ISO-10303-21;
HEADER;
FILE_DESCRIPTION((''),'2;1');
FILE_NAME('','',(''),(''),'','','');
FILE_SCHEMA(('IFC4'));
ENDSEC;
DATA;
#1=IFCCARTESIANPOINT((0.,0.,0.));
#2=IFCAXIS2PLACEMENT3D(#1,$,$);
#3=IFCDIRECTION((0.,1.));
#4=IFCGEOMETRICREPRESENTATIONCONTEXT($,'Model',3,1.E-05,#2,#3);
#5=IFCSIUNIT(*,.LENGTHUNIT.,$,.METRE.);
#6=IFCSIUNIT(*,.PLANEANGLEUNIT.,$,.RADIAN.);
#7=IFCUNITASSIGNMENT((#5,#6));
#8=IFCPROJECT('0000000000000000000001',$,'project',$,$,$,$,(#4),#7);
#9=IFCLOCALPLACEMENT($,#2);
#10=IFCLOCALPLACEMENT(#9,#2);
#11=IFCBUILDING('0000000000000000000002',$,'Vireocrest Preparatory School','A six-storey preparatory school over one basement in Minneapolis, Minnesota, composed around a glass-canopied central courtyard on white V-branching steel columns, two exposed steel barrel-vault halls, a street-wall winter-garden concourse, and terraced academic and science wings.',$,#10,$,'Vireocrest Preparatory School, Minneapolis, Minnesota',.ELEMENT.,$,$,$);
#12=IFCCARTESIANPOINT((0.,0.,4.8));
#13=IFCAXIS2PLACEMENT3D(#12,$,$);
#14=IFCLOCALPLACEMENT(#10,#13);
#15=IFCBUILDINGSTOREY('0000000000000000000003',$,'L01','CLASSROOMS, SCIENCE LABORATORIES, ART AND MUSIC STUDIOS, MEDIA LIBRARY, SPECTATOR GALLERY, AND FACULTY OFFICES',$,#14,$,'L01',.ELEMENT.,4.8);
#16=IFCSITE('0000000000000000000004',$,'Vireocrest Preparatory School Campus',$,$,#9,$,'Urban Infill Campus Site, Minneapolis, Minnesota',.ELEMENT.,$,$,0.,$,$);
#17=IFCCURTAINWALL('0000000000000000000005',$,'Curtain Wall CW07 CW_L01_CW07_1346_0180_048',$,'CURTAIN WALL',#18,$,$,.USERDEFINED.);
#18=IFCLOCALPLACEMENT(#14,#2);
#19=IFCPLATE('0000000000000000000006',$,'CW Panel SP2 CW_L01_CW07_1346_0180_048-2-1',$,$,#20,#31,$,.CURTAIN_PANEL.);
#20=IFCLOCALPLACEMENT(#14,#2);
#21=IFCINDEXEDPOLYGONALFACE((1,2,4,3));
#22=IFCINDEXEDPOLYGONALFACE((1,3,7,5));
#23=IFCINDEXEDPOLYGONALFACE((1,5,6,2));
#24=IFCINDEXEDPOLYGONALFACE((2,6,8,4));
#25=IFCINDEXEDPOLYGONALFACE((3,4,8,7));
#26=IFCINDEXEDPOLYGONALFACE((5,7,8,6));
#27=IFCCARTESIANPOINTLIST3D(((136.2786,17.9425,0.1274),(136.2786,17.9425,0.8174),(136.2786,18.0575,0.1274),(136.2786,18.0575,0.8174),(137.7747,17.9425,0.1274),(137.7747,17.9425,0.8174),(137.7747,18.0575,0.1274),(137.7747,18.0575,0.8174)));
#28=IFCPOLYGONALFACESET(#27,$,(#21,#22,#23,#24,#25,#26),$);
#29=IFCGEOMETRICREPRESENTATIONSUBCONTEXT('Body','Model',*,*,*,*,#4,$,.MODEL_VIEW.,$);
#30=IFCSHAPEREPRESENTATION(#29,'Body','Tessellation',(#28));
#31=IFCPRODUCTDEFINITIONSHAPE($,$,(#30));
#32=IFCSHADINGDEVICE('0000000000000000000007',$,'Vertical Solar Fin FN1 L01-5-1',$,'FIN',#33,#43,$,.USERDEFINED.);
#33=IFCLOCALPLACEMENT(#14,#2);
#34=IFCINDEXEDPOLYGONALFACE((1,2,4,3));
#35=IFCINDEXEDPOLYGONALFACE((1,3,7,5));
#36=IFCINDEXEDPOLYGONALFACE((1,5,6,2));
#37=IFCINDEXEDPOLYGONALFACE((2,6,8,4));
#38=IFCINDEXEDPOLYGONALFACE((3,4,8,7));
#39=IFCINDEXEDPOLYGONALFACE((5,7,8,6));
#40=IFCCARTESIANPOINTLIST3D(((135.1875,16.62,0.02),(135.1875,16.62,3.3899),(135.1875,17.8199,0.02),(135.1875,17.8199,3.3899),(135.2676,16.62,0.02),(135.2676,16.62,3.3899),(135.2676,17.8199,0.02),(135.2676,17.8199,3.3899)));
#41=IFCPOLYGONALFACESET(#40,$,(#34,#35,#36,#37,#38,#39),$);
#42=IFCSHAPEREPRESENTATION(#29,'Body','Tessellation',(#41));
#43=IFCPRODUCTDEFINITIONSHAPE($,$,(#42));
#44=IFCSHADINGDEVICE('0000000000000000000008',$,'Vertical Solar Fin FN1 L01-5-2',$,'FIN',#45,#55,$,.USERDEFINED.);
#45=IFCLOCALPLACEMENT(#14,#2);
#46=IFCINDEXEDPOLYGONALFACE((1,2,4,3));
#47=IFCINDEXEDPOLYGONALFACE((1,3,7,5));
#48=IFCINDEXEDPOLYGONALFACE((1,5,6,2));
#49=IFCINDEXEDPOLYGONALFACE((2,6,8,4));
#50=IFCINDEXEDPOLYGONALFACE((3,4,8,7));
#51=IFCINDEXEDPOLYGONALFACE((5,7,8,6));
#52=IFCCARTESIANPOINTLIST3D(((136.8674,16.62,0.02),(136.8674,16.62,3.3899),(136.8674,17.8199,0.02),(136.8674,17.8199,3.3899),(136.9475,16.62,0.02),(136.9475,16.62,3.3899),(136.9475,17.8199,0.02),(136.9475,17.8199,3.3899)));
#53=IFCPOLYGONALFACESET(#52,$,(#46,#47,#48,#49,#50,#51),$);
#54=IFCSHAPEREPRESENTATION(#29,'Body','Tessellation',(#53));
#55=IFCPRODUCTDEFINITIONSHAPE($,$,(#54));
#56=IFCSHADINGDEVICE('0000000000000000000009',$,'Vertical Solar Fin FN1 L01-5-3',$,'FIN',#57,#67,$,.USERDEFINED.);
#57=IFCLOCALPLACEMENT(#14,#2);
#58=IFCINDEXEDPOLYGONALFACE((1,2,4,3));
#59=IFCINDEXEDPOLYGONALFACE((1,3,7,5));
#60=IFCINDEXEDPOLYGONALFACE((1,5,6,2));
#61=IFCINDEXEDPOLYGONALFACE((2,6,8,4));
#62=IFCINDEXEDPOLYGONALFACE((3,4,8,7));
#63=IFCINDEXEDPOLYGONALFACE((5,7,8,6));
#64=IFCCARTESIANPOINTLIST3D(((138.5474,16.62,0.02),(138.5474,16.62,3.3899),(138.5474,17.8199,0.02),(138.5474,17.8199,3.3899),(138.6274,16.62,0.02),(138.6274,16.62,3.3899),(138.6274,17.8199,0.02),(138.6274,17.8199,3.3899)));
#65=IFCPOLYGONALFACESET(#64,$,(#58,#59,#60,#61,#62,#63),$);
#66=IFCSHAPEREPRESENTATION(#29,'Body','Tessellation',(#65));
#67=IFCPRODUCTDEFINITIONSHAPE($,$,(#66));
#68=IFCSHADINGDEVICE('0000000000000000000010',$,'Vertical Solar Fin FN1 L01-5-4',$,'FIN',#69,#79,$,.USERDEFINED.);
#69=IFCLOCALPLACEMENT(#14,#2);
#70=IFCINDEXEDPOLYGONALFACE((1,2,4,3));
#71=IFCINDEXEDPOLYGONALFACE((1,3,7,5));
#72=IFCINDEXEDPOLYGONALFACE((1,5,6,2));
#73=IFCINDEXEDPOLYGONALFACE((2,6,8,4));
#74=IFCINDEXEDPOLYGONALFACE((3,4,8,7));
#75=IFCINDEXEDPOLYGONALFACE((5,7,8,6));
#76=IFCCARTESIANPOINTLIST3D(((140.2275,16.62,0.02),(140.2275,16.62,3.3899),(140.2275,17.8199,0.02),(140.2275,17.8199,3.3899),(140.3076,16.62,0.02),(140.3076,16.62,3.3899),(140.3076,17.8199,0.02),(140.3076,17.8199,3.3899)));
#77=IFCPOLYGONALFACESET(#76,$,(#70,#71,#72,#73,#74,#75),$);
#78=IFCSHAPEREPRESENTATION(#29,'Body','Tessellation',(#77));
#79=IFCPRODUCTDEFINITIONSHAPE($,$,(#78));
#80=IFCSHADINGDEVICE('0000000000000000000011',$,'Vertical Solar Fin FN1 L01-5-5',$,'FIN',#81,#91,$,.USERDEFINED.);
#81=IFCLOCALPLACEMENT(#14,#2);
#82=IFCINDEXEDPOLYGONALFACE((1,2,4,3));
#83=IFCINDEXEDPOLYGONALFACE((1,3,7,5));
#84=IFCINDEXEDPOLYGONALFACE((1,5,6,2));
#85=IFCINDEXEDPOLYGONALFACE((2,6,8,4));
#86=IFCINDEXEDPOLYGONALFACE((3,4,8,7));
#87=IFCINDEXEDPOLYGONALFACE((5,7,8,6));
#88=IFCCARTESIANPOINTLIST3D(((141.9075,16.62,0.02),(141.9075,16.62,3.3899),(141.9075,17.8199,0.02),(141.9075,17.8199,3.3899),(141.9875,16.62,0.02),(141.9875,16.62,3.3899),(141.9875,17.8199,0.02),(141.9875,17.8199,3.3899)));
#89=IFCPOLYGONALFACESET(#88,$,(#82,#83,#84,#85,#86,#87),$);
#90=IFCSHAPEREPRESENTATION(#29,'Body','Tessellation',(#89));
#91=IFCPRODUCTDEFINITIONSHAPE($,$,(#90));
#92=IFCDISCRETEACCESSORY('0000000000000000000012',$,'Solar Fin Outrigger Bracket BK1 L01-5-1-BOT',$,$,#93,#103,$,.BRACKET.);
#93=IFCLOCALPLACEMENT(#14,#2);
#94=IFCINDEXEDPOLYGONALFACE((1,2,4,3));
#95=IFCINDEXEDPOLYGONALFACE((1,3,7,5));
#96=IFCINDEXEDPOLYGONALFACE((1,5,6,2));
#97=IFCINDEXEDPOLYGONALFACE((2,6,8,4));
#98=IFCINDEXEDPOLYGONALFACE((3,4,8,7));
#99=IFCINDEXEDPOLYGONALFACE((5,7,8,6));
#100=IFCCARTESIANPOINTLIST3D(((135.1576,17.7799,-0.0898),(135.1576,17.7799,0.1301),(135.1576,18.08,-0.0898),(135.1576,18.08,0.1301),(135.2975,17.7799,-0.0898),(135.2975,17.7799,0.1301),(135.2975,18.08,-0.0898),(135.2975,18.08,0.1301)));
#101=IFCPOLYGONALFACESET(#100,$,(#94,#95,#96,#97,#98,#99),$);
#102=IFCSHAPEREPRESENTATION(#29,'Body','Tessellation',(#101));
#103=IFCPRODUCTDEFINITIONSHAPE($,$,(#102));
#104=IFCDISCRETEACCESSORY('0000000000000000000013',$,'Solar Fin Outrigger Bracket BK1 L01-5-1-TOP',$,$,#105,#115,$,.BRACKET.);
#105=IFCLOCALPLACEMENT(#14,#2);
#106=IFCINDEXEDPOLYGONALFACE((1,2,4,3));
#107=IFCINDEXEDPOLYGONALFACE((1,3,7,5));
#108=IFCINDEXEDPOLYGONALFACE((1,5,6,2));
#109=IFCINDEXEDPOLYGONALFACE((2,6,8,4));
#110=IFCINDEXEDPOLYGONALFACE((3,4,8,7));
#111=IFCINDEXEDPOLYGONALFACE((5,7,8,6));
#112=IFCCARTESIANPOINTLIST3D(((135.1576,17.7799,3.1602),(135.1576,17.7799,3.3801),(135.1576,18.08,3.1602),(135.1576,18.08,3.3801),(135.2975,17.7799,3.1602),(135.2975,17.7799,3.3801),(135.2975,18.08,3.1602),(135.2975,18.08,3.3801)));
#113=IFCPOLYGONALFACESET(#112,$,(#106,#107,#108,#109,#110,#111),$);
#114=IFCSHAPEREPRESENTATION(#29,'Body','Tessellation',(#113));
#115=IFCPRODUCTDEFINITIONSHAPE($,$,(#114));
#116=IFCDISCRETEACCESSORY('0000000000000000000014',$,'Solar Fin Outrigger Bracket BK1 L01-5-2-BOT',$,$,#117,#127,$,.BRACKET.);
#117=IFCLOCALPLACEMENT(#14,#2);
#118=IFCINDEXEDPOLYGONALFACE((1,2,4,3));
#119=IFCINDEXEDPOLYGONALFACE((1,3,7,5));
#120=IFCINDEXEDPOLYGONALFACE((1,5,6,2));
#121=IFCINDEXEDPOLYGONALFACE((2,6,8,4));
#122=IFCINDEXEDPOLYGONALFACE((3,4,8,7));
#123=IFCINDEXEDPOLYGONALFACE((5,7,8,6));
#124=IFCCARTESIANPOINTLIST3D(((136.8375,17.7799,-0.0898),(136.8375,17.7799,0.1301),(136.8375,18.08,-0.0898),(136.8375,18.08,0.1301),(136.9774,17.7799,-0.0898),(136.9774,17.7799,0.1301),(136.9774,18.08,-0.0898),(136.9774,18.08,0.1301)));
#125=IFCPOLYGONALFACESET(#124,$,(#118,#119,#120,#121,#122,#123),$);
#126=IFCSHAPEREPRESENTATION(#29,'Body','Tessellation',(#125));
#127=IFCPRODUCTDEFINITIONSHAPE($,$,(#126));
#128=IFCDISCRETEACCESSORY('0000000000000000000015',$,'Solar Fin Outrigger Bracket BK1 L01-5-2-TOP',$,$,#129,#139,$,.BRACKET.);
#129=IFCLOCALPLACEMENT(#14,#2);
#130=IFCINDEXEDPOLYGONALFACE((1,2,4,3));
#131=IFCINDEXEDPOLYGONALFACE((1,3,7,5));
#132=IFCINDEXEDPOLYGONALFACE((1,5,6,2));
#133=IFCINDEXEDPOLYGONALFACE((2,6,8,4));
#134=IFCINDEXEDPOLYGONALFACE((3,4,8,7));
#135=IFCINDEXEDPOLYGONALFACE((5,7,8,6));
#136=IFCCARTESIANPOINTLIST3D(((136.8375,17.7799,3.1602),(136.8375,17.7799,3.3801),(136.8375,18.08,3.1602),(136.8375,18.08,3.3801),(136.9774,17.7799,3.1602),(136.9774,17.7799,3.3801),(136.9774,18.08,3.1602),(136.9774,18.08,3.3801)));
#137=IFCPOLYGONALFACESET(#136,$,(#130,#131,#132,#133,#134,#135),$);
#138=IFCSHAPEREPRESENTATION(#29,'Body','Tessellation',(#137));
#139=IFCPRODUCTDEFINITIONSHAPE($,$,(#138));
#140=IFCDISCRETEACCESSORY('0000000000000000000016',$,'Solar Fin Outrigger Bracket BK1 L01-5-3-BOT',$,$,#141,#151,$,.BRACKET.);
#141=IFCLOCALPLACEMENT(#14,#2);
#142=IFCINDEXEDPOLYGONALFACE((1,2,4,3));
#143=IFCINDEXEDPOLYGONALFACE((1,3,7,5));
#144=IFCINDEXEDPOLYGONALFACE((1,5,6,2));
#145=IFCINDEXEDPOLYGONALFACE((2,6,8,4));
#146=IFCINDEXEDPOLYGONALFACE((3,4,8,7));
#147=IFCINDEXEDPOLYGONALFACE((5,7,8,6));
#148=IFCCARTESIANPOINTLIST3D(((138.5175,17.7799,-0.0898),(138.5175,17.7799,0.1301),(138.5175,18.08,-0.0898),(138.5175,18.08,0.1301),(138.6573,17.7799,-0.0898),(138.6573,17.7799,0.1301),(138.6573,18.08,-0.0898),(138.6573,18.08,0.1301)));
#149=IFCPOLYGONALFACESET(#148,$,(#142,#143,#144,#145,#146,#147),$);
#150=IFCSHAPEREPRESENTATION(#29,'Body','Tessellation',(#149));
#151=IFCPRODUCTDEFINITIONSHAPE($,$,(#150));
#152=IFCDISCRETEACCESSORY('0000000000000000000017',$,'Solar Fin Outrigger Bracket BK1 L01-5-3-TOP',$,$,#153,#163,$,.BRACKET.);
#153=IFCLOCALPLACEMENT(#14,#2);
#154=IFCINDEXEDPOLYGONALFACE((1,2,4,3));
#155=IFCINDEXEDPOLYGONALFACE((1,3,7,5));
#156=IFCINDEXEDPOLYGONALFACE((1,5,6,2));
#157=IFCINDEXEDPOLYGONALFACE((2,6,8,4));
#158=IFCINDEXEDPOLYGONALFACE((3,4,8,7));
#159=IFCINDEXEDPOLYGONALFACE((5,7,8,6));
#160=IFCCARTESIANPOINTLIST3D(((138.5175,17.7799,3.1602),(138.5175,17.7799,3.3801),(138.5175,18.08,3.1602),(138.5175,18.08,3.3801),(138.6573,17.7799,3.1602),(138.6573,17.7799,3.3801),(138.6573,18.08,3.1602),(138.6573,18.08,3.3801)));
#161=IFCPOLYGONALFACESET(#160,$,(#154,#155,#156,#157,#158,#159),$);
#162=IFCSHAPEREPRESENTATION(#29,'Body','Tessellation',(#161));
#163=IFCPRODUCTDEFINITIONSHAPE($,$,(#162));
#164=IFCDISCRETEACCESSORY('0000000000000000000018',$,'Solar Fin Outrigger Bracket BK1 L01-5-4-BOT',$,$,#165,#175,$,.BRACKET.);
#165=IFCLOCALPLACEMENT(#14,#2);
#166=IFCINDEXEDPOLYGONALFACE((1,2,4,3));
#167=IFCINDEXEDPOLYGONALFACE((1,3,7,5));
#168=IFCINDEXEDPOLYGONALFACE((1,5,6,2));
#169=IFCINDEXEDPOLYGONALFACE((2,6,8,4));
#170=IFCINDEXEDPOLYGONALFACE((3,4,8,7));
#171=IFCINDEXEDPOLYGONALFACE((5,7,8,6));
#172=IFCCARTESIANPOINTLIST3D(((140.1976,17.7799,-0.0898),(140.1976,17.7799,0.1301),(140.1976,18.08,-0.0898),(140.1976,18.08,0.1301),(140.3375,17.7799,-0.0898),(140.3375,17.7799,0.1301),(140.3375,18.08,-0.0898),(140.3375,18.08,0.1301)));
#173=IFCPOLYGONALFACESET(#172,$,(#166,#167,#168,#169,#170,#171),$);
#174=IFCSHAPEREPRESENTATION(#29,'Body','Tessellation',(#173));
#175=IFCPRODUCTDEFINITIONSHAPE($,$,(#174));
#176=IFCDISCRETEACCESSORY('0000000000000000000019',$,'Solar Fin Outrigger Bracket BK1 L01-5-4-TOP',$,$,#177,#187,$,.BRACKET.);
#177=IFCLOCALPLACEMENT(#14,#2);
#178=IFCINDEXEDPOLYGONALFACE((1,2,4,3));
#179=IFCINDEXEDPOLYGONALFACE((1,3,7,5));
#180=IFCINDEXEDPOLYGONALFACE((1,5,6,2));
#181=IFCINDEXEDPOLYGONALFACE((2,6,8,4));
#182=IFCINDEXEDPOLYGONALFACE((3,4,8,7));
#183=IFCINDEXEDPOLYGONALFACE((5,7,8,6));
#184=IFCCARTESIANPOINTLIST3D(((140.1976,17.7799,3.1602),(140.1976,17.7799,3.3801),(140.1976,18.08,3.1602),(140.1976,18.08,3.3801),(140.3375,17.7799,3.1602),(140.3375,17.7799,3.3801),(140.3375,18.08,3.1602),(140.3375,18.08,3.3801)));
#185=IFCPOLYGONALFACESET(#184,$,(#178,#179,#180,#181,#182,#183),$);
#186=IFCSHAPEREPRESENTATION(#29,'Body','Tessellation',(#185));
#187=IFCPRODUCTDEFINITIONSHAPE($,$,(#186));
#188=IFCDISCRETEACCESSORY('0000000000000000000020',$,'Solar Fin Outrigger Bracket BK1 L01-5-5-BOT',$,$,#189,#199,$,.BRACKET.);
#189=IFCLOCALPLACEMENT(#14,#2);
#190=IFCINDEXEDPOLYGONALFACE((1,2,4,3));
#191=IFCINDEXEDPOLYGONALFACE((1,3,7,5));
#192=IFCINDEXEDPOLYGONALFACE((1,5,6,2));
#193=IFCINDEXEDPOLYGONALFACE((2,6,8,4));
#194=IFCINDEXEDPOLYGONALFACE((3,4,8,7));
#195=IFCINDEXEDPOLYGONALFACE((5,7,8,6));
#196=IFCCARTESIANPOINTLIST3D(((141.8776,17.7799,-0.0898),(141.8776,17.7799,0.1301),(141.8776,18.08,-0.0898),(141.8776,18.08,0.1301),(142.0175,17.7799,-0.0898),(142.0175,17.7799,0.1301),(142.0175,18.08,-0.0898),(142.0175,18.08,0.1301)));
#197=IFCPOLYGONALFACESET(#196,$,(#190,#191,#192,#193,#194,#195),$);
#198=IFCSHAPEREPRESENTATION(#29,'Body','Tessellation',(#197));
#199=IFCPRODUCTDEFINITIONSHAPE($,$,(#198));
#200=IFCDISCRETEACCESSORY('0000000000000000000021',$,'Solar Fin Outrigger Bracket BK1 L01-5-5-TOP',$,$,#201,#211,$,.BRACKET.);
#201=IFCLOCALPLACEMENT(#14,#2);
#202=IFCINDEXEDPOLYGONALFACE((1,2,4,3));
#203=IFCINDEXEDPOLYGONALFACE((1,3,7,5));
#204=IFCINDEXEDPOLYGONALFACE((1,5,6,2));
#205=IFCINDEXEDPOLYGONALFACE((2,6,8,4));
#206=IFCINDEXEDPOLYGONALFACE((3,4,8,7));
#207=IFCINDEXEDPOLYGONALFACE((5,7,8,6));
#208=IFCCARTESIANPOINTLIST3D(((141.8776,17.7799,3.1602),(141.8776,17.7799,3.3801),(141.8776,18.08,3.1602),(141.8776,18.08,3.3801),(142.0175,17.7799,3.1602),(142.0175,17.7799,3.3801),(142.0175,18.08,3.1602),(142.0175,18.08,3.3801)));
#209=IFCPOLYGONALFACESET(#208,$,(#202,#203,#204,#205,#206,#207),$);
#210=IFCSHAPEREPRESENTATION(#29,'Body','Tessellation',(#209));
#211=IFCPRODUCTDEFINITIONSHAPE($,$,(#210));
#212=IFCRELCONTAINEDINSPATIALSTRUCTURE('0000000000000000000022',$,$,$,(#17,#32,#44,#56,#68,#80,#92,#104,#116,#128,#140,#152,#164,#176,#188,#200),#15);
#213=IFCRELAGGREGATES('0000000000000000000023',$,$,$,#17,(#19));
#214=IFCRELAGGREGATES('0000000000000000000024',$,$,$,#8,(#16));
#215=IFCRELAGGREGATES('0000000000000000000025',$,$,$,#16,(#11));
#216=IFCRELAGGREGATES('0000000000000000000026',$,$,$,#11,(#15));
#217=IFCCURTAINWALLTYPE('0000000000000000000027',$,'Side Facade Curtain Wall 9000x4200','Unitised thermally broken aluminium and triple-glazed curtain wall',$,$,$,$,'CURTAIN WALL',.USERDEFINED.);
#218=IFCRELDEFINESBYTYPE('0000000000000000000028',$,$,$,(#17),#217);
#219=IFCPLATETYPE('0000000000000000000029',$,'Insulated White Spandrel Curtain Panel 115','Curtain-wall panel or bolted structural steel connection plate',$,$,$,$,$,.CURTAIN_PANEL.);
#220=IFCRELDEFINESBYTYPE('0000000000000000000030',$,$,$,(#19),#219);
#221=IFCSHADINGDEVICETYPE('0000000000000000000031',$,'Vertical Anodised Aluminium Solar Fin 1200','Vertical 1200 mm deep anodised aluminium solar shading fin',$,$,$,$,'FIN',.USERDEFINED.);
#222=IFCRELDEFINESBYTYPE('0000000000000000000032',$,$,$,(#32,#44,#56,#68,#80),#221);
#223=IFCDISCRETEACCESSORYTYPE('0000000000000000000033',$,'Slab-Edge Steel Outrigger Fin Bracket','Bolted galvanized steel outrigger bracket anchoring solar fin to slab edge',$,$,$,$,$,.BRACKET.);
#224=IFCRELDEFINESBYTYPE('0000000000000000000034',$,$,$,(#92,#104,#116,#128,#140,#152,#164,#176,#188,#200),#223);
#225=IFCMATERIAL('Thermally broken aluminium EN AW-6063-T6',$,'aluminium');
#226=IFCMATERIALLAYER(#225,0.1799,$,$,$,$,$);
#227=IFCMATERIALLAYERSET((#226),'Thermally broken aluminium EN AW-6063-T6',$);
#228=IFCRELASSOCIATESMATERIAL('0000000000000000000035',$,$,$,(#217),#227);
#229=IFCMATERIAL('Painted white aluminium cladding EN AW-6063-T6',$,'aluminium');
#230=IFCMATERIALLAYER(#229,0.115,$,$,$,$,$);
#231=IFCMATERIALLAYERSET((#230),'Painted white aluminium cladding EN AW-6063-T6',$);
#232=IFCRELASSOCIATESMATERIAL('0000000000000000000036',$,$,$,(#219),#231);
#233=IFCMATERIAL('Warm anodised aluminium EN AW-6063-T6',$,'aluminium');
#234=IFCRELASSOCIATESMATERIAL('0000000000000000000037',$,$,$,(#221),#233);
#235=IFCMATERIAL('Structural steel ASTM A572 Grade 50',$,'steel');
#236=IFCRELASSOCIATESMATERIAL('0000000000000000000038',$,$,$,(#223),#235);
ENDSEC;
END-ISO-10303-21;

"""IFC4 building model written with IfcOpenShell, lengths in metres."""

from ifc_helpers import new_model, si_unit, direction, frame, origin, origin_2d, place, context, subcontext, project, spatial, rectangle, extrude, material, layer, layer_set, material_profile, profile_set, type_object, element, aggregate, save


model = new_model("IFC4")

# Units and contexts
model_context = context("Model", 3, precision=1e-05, world=origin(), true_north=direction((0.0, 1.0)))
body_context = subcontext(model_context, "Body", "Model", "MODEL_VIEW")
ifc_project = project(units=[si_unit("LENGTHUNIT", "METRE"), si_unit("PLANEANGLEUNIT", "RADIAN")], contexts=[model_context])

# Site, building, storey
site_placement = place(None, origin())
site = spatial("IfcSite", under=ifc_project, at=site_placement, Name="Vireocrest Preparatory School Campus", LongName="Urban Infill Campus Site, Minneapolis, Minnesota", CompositionType="ELEMENT", RefElevation=0.0)
building_placement = place(site_placement, origin())
building = spatial("IfcBuilding", under=site, at=building_placement, Name="Vireocrest Preparatory School", Description="A six-storey preparatory school over one basement in Minneapolis, Minnesota, composed around a glass-canopied central courtyard on white V-branching steel columns, two exposed steel barrel-vault halls, a street-wall winter-garden concourse, and terraced academic and science wings.", LongName="Vireocrest Preparatory School, Minneapolis, Minnesota", CompositionType="ELEMENT")
storey_placement = place(building_placement, frame((0.0, 0.0, 4.8)))
storey = spatial("IfcBuildingStorey", under=building, at=storey_placement, Name="L01", Description="CLASSROOMS, SCIENCE LABORATORIES, ART AND MUSIC STUDIOS, MEDIA LIBRARY, SPECTATOR GALLERY, AND FACULTY OFFICES", LongName="L01", CompositionType="ELEMENT", Elevation=4.8)

# Curtain wall
ifc_material_1 = material(Name="Thermally broken aluminium EN AW-6063-T6", Category="aluminium")
ifc_layer_1 = layer(ifc_material_1, 0.1799)
ifc_layer_set_1 = layer_set([ifc_layer_1], Name="Thermally broken aluminium EN AW-6063-T6")
curtain_wall_type = type_object("IfcCurtainWallType", Name="Side Facade Curtain Wall 9000x4200", Description="Unitised thermally broken aluminium and triple-glazed curtain wall", ElementType="CURTAIN WALL", PredefinedType="USERDEFINED", material=ifc_layer_set_1)
curtain_wall_placement = place(storey_placement, origin())
curtain_wall = element("IfcCurtainWall", 1, at=curtain_wall_placement, inside=storey, type_object=curtain_wall_type, Name="Curtain Wall CW07 CW_L01_CW07_1346_0180_048", ObjectType="CURTAIN WALL", PredefinedType="USERDEFINED")

# Plate
ifc_material_2 = material(Name="Painted white aluminium cladding EN AW-6063-T6", Category="aluminium")
ifc_layer_2 = layer(ifc_material_2, 0.115)
ifc_layer_set_2 = layer_set([ifc_layer_2], Name="Painted white aluminium cladding EN AW-6063-T6")
plate_type_1 = type_object("IfcPlateType", Name="Insulated White Spandrel Curtain Panel 115", Description="Curtain-wall panel or bolted structural steel connection plate", PredefinedType="CURTAIN_PANEL", material=ifc_layer_set_2)
plate_1_placement = place(storey_placement, frame((137.0266, 18.0, 0.1274), z_axis=(0.0, 0.0, 1.0), x_axis=(1.0, 0.0, 0.0)))
plate_1 = element("IfcPlate", 2, at=plate_1_placement, type_object=plate_type_1, Name="CW Panel SP2 CW_L01_CW07_1346_0180_048-2-1", PredefinedType="CURTAIN_PANEL", context=body_context, shape_type="SweptSolid", body=[
    extrude(rectangle(XDim=1.4961, YDim=0.115, at=origin_2d()), origin(), (0.0, 0.0, 1.0), 0.6899),
])
aggregate(curtain_wall, [plate_1])

# Shading devices
ifc_material_3 = material(Name="Warm anodised aluminium EN AW-6063-T6", Category="aluminium")
ifc_material_profile_1 = material_profile(ifc_material_3, rectangle(XDim=0.0801, YDim=1.2, at=origin_2d()), Name="FIN 80x1200")
ifc_profile_set_1 = profile_set([ifc_material_profile_1], Name="Warm anodised aluminium EN AW-6063-T6")
shading_device_type = type_object("IfcShadingDeviceType", Name="Vertical Anodised Aluminium Solar Fin 1200", Description="Vertical 1200 mm deep anodised aluminium solar shading fin", ElementType="FIN", PredefinedType="USERDEFINED", material=ifc_profile_set_1)
for number, where, z_axis, x_axis, name in (
    (3, (135.2275, 17.22, 0.02), (0.0, 0.0, 1.0), (-1.0, 0.0, 0.0), "Vertical Solar Fin FN1 L01-5-1"),
    (4, (136.9075, 17.22, 0.02), (0.0, 0.0, 1.0), (-1.0, 0.0, 0.0), "Vertical Solar Fin FN1 L01-5-2"),
    (5, (138.5874, 17.22, 0.02), (0.0, 0.0, 1.0), (-1.0, 0.0, 0.0), "Vertical Solar Fin FN1 L01-5-3"),
    (6, (140.2676, 17.22, 0.02), (0.0, 0.0, 1.0), (-1.0, 0.0, 0.0), "Vertical Solar Fin FN1 L01-5-4"),
    (7, (141.9475, 17.22, 0.02), (0.0, 0.0, 1.0), (-1.0, 0.0, 0.0), "Vertical Solar Fin FN1 L01-5-5"),
):
    element("IfcShadingDevice", number, at=place(storey_placement, frame(where, z_axis=z_axis, x_axis=x_axis)), inside=storey, type_object=shading_device_type, Name=name, ObjectType="FIN", PredefinedType="USERDEFINED", context=body_context, shape_type="SweptSolid", body=[
        extrude(rectangle(XDim=0.0801, YDim=1.2, at=origin_2d()), origin(), (0.0, 0.0, 1.0), 3.3699),
    ])

# Discrete accessories
ifc_material_4 = material(Name="Structural steel ASTM A572 Grade 50", Category="steel")
discrete_accessory_type = type_object("IfcDiscreteAccessoryType", Name="Slab-Edge Steel Outrigger Fin Bracket", Description="Bolted galvanized steel outrigger bracket anchoring solar fin to slab edge", PredefinedType="BRACKET", material=ifc_material_4)
for number, where, z_axis, x_axis, name in (
    (8, (135.2275, 17.9299, -0.0898), (0.0, 0.0, 1.0), (-1.0, 0.0, 0.0), "Solar Fin Outrigger Bracket BK1 L01-5-1-BOT"),
    (9, (135.2275, 17.9299, 3.1602), (0.0, 0.0, 1.0), (-1.0, 0.0, 0.0), "Solar Fin Outrigger Bracket BK1 L01-5-1-TOP"),
    (10, (136.9075, 17.9299, -0.0898), (0.0, 0.0, 1.0), (-1.0, 0.0, 0.0), "Solar Fin Outrigger Bracket BK1 L01-5-2-BOT"),
    (11, (136.9075, 17.9299, 3.1602), (0.0, 0.0, 1.0), (-1.0, 0.0, 0.0), "Solar Fin Outrigger Bracket BK1 L01-5-2-TOP"),
    (12, (138.5874, 17.9299, -0.0898), (0.0, 0.0, 1.0), (-1.0, 0.0, 0.0), "Solar Fin Outrigger Bracket BK1 L01-5-3-BOT"),
    (13, (138.5874, 17.9299, 3.1602), (0.0, 0.0, 1.0), (-1.0, 0.0, 0.0), "Solar Fin Outrigger Bracket BK1 L01-5-3-TOP"),
    (14, (140.2676, 17.9299, -0.0898), (0.0, 0.0, 1.0), (-1.0, 0.0, 0.0), "Solar Fin Outrigger Bracket BK1 L01-5-4-BOT"),
    (15, (140.2676, 17.9299, 3.1602), (0.0, 0.0, 1.0), (-1.0, 0.0, 0.0), "Solar Fin Outrigger Bracket BK1 L01-5-4-TOP"),
    (16, (141.9475, 17.9299, -0.0898), (0.0, 0.0, 1.0), (-1.0, 0.0, 0.0), "Solar Fin Outrigger Bracket BK1 L01-5-5-BOT"),
    (17, (141.9475, 17.9299, 3.1602), (0.0, 0.0, 1.0), (-1.0, 0.0, 0.0), "Solar Fin Outrigger Bracket BK1 L01-5-5-TOP"),
):
    element("IfcDiscreteAccessory", number, at=place(storey_placement, frame(where, z_axis=z_axis, x_axis=x_axis)), inside=storey, type_object=discrete_accessory_type, Name=name, PredefinedType="BRACKET", context=body_context, shape_type="SweptSolid", body=[
        extrude(rectangle(XDim=0.1399, YDim=0.3, at=origin_2d()), origin(), (0.0, 0.0, 1.0), 0.22),
    ])

save(model, "model.ifc")
